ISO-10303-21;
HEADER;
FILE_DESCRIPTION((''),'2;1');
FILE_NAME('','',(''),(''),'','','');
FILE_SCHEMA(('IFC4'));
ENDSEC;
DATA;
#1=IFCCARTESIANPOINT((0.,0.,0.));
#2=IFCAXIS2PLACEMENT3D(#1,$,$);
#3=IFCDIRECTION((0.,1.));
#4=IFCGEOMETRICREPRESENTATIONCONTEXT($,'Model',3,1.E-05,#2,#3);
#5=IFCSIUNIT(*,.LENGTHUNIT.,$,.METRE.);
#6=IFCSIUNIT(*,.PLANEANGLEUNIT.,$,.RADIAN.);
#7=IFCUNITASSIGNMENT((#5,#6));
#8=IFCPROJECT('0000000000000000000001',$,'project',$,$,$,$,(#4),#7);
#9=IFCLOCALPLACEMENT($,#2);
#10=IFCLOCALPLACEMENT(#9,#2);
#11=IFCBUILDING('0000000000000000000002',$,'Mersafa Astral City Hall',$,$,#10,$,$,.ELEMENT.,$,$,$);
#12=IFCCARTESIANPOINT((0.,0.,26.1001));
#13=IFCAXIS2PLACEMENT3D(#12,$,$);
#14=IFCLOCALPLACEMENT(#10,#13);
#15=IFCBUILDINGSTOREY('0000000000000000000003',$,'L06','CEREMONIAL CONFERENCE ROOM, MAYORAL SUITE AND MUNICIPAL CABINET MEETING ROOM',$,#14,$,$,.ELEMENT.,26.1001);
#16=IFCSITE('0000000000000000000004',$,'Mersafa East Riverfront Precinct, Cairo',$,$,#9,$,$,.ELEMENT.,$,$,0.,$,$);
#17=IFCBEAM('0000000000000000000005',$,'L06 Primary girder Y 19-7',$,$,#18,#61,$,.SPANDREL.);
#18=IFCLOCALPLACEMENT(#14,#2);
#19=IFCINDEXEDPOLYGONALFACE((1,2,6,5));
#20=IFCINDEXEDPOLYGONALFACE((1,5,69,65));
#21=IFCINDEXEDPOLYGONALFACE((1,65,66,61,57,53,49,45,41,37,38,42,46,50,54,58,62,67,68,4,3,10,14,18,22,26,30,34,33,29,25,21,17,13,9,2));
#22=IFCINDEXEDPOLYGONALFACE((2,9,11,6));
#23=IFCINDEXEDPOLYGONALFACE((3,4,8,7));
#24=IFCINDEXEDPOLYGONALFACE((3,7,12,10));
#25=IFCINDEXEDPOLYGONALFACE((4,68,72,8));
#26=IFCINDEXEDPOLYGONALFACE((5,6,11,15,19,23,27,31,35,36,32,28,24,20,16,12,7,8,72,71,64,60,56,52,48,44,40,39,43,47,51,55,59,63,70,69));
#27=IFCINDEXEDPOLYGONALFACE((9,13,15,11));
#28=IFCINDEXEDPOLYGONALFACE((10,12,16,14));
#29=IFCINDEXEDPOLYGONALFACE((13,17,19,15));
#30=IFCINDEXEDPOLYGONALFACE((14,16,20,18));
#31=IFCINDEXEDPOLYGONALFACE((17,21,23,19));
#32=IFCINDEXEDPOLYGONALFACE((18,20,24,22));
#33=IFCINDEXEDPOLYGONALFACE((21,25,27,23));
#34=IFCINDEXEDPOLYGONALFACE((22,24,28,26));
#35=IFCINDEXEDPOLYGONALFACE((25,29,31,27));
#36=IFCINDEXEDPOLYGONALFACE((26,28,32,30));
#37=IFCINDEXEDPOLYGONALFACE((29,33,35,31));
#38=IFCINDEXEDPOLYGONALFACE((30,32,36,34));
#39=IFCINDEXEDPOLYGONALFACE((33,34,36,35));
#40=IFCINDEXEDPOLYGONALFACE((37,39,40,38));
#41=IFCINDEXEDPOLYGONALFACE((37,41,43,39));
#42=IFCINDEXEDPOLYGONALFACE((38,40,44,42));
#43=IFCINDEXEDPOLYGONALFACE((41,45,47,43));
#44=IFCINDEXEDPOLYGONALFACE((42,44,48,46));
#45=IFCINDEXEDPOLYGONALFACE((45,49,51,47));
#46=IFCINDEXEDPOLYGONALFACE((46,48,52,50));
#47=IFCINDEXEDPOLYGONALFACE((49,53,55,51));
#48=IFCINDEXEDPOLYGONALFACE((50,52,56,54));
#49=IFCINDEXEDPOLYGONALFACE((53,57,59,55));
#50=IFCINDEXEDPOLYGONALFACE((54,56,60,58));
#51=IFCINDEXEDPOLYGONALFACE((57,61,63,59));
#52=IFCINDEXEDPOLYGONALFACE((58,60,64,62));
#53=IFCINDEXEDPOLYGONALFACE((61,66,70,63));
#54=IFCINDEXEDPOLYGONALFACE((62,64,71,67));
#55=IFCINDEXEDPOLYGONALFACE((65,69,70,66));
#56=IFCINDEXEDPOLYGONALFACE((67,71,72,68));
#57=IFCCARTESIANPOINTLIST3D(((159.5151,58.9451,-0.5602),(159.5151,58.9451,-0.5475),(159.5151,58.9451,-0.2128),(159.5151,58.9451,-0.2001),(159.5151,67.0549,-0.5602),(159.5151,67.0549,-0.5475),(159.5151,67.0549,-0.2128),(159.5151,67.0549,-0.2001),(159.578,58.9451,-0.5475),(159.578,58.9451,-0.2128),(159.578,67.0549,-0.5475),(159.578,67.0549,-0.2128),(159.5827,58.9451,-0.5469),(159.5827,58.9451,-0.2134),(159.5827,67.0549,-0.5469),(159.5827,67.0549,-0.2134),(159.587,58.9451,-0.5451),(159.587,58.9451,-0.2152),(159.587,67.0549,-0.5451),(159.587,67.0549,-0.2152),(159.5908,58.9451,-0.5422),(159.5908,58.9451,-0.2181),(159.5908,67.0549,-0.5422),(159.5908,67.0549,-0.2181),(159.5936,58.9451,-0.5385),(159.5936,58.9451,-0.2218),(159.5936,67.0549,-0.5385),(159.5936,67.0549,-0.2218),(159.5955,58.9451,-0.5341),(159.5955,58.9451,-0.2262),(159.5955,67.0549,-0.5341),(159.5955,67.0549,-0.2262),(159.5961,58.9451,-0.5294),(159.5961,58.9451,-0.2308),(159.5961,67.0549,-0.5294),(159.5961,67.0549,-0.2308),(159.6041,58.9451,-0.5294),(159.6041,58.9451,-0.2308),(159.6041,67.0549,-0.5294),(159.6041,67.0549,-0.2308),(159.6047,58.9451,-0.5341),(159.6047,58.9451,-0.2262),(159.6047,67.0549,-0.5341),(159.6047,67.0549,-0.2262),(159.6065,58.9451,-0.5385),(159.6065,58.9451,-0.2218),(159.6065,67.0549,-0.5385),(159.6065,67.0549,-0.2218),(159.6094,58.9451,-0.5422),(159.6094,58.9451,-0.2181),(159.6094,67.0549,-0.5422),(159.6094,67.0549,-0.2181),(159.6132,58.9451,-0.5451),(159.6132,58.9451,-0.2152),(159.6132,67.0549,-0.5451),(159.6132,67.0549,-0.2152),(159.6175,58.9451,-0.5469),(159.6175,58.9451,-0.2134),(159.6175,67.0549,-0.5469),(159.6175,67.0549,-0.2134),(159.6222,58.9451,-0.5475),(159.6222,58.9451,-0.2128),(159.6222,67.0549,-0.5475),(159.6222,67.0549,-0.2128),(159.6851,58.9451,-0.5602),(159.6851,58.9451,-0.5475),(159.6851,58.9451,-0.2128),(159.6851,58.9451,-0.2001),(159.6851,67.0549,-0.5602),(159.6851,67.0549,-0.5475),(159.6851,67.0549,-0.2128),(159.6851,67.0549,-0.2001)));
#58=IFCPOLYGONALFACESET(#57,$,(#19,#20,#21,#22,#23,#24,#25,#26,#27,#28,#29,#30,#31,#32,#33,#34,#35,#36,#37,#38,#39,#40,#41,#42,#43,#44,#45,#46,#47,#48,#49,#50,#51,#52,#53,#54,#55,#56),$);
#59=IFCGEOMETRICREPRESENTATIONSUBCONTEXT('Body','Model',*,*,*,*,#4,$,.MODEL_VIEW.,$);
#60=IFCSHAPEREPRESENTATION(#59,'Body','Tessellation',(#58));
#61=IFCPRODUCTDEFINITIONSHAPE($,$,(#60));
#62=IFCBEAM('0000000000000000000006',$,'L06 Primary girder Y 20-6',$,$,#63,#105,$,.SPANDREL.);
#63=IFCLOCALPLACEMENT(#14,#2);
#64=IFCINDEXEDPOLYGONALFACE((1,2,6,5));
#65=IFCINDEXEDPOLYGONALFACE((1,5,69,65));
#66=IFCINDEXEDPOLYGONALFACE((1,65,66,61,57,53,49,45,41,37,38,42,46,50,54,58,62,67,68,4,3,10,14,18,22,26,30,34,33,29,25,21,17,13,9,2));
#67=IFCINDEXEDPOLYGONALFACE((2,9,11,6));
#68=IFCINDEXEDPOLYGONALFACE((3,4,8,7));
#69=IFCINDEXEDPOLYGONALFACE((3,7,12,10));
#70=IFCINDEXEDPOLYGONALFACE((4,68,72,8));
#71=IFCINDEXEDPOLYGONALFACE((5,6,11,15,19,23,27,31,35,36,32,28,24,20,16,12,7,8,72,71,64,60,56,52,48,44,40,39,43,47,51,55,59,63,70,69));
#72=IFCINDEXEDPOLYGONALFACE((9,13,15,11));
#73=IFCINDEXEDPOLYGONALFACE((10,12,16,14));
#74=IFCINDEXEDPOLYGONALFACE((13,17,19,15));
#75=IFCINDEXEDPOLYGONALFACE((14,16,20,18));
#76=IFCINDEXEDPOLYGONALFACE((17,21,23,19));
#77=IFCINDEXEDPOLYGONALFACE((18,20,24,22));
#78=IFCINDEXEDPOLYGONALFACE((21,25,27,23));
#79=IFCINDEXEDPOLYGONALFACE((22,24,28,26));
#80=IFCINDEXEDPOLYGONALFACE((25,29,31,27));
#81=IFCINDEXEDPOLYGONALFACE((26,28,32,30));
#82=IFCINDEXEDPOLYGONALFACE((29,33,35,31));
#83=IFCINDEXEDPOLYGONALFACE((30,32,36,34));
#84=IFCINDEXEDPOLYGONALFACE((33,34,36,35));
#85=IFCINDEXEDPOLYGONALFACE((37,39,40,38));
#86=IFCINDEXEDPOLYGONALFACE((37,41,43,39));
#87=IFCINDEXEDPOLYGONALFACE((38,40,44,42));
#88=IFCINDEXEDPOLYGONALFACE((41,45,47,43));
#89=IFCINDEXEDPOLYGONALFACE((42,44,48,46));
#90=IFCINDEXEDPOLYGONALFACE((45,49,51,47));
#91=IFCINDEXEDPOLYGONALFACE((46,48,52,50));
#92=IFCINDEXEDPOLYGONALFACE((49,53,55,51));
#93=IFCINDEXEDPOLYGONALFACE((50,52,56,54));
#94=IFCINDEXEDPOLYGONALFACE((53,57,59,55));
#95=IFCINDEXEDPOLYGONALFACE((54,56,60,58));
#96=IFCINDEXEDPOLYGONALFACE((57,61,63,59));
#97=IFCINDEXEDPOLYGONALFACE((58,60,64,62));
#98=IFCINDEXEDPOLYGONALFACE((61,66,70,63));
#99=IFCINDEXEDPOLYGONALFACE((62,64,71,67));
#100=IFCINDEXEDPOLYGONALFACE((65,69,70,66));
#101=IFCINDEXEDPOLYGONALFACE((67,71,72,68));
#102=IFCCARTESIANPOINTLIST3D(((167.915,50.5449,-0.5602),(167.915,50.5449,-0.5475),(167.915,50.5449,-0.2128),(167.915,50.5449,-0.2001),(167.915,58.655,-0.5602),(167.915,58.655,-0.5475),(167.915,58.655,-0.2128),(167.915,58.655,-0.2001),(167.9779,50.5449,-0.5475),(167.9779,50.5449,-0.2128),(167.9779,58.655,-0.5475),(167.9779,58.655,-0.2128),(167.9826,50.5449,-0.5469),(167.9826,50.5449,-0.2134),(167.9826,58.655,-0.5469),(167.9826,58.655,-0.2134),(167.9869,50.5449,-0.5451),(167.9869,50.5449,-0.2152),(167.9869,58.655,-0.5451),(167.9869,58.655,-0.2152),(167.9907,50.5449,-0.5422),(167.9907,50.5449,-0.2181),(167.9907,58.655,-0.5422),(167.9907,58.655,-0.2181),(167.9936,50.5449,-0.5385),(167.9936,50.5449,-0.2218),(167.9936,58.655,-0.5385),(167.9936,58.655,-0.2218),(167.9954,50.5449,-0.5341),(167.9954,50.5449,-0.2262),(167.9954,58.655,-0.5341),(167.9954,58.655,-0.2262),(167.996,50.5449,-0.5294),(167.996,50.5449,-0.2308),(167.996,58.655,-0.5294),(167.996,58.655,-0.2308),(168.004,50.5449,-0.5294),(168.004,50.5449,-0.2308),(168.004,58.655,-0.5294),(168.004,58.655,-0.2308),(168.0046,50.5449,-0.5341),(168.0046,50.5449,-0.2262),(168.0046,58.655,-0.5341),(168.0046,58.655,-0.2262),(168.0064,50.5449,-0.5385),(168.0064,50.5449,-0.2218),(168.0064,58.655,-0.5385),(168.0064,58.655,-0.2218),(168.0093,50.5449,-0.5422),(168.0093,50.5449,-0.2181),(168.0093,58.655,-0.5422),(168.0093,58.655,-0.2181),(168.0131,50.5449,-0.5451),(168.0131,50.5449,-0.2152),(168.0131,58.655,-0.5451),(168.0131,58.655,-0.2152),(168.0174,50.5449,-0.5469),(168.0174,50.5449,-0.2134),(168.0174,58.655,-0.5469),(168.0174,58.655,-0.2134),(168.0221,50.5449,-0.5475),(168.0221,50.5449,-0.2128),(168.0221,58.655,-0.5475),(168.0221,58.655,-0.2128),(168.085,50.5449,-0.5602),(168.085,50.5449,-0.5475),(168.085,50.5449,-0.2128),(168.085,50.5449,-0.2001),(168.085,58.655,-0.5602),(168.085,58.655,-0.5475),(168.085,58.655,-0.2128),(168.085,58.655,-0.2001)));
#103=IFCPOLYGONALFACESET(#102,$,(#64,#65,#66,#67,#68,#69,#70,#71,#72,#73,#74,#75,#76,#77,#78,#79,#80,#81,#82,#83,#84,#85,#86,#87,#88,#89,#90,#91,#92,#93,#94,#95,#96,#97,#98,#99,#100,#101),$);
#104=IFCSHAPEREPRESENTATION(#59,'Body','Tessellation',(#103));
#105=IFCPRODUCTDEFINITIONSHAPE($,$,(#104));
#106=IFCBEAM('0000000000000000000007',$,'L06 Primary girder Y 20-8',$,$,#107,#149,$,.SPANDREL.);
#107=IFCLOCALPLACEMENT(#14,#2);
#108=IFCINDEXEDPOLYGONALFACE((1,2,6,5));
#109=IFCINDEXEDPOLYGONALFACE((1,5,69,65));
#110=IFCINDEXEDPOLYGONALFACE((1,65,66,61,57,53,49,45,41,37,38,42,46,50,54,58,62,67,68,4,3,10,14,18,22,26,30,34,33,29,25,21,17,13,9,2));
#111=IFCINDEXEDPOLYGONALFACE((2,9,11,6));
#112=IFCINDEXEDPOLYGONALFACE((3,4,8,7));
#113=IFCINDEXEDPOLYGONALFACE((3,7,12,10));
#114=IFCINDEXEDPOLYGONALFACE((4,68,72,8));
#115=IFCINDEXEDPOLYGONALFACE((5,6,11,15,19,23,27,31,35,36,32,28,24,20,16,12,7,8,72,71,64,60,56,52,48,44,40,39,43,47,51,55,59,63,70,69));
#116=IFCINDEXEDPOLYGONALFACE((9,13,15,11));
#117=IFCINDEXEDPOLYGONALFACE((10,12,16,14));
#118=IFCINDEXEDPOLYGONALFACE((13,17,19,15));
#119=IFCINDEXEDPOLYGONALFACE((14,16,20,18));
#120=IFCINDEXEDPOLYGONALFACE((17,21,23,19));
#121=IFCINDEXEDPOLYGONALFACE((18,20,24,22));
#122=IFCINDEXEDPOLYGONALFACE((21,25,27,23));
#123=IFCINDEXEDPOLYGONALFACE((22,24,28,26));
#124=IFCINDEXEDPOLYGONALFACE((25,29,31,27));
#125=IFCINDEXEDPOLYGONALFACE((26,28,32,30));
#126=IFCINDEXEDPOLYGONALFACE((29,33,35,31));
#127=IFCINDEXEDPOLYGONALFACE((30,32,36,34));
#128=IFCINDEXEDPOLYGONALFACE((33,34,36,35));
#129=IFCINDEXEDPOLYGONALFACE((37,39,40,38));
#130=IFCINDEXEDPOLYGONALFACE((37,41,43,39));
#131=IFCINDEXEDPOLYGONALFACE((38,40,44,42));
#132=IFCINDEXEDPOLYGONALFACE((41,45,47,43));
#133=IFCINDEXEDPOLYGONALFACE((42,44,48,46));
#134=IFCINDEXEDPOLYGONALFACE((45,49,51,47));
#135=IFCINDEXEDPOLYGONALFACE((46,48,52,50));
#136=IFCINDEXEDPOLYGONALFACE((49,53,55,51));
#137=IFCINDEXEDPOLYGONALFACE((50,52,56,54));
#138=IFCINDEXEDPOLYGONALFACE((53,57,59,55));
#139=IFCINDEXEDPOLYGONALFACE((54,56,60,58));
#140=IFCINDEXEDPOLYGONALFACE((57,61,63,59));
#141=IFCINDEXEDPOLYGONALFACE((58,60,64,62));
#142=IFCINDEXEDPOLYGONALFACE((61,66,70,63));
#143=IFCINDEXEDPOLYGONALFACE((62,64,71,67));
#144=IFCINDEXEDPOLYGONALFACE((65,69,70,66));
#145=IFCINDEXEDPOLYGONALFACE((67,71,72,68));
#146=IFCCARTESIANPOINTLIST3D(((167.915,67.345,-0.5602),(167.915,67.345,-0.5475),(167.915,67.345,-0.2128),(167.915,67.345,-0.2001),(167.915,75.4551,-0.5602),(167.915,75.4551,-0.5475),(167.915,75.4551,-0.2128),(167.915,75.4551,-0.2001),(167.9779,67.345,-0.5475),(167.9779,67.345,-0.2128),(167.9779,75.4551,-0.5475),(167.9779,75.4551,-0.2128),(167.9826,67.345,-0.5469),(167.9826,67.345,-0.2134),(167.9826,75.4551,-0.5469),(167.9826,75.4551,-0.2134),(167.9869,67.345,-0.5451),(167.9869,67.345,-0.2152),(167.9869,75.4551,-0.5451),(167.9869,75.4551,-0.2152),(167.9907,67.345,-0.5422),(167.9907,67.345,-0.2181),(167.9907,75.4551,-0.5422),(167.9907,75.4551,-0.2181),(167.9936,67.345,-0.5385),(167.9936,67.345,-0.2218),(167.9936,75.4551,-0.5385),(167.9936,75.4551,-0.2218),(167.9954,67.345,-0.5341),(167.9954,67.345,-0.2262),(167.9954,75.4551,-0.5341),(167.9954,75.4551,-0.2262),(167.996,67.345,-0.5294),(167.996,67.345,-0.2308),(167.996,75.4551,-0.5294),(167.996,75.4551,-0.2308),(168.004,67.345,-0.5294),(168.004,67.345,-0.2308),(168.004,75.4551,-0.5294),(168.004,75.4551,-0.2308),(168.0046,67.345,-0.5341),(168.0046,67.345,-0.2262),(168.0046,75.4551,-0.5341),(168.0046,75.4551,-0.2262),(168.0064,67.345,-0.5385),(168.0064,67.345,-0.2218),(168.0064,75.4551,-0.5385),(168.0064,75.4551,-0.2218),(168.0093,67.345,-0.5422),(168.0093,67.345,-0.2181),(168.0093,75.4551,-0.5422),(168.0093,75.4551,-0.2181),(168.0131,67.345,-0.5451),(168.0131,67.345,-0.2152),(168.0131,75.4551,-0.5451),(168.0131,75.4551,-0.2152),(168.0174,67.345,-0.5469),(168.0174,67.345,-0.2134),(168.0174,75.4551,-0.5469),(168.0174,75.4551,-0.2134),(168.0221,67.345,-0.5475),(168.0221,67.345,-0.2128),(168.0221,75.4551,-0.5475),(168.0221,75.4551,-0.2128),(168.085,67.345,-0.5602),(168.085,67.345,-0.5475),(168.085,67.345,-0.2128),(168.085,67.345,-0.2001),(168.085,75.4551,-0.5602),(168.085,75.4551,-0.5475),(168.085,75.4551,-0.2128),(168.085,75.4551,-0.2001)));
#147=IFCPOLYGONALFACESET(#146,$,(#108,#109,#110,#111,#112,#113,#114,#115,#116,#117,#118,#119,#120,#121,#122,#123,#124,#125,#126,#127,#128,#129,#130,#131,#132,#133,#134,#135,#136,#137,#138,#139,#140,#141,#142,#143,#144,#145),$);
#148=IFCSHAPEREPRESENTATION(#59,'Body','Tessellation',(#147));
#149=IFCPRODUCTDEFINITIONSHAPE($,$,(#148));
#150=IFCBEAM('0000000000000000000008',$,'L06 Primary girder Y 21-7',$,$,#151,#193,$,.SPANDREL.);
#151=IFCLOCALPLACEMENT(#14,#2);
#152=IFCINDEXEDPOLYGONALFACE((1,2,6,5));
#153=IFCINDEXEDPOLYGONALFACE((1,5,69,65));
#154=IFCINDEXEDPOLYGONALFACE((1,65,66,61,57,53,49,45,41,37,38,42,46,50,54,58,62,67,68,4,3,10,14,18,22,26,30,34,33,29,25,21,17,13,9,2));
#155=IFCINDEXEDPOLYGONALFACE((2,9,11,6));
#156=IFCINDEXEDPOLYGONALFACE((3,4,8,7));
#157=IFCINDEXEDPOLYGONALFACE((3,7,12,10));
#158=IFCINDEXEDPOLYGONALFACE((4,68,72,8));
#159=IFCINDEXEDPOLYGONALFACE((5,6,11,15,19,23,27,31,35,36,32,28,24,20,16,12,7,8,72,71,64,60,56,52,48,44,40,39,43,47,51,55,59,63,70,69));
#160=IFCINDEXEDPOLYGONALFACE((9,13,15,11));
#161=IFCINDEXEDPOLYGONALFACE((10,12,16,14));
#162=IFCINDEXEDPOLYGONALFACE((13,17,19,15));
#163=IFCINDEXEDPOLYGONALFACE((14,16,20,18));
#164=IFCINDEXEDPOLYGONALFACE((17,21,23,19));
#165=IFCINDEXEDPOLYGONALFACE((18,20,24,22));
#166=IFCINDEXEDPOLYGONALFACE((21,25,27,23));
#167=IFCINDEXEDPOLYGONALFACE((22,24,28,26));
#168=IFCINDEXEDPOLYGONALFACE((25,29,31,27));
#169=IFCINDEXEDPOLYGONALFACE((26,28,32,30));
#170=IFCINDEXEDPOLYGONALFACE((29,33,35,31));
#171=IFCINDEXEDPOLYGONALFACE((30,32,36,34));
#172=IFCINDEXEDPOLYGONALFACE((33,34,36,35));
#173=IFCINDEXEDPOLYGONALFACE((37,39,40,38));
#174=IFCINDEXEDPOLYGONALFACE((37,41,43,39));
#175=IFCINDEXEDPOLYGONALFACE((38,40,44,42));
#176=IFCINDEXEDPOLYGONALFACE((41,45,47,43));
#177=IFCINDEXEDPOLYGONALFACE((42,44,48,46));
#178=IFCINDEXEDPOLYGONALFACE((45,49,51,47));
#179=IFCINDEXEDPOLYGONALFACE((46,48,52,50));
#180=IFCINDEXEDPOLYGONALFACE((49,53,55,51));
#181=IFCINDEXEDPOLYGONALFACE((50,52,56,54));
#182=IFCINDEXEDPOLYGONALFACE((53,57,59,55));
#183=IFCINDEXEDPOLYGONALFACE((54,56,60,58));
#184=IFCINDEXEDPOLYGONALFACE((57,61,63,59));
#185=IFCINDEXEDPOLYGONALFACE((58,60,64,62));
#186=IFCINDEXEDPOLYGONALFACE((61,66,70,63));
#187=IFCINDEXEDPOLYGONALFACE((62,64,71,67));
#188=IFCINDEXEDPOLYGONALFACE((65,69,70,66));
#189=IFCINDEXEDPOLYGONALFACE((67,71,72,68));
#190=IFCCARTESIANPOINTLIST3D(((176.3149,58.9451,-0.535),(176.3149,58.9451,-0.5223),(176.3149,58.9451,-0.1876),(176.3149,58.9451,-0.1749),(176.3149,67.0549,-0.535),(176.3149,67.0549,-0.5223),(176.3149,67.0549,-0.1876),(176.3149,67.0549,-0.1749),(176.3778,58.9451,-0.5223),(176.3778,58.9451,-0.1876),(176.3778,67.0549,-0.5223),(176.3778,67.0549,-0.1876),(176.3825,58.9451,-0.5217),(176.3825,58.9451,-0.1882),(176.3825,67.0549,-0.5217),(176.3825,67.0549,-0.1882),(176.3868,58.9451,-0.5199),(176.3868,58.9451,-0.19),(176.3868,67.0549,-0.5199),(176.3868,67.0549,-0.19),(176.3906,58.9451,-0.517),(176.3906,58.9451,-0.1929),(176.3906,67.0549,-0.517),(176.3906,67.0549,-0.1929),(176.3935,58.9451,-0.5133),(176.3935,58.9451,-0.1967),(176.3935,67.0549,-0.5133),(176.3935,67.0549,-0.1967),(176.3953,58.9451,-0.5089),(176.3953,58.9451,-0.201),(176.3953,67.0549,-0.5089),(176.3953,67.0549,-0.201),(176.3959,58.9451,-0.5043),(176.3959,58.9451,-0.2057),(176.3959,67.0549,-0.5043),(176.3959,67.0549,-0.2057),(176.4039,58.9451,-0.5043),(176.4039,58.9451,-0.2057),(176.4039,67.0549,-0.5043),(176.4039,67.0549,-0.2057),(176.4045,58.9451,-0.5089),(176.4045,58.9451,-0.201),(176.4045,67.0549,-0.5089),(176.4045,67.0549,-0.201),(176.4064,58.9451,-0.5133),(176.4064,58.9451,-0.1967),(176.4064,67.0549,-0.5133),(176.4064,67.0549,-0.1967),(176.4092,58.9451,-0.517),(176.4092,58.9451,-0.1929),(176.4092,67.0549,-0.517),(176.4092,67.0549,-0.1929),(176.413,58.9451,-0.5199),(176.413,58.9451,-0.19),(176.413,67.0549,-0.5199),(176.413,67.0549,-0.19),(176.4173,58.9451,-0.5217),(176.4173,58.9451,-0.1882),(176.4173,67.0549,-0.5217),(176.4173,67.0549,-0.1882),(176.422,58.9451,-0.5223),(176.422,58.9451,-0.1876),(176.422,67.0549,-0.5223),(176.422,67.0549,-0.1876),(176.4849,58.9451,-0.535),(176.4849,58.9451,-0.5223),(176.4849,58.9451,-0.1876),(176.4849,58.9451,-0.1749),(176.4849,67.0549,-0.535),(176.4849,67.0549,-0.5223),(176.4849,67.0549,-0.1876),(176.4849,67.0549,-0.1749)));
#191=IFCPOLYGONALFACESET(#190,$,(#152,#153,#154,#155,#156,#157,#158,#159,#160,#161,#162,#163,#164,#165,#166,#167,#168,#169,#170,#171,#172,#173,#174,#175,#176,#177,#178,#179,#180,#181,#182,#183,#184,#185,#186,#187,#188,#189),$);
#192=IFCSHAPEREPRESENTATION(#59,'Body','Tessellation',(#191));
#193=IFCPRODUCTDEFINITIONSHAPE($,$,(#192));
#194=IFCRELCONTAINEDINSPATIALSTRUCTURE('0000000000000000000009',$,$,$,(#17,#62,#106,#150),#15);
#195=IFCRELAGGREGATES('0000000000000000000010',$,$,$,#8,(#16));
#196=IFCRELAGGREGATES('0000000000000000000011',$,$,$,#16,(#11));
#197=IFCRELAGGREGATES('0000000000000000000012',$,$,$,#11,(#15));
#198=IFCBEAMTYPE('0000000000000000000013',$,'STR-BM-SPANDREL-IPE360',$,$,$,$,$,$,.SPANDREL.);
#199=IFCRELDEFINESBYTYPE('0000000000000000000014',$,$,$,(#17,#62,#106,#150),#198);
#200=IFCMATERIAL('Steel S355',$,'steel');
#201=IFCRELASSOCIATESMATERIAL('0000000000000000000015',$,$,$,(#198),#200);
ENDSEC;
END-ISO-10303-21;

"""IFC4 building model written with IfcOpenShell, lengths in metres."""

from ifc_helpers import new_model, si_unit, direction, frame, origin, origin_2d, place, context, subcontext, project, spatial, i_section, extrude, material, material_profile, profile_set, type_object, element, save


model = new_model("IFC4")

# Units and contexts
model_context = context("Model", 3, precision=1e-05, world=origin(), true_north=direction((0.0, 1.0)))
body_context = subcontext(model_context, "Body", "Model", "MODEL_VIEW")
ifc_project = project(units=[si_unit("LENGTHUNIT", "METRE"), si_unit("PLANEANGLEUNIT", "RADIAN")], contexts=[model_context])

# Site, building, storey
site_placement = place(None, origin())
site = spatial("IfcSite", under=ifc_project, at=site_placement, Name="Mersafa East Riverfront Precinct, Cairo", CompositionType="ELEMENT", RefElevation=0.0)
building_placement = place(site_placement, origin())
building = spatial("IfcBuilding", under=site, at=building_placement, Name="Mersafa Astral City Hall", CompositionType="ELEMENT")
storey_placement = place(building_placement, frame((0.0, 0.0, 26.1001)))
storey = spatial("IfcBuildingStorey", under=building, at=storey_placement, Name="L06", Description="CEREMONIAL CONFERENCE ROOM, MAYORAL SUITE AND MUNICIPAL CABINET MEETING ROOM", CompositionType="ELEMENT", Elevation=26.1001)

# Beams
ifc_material_1 = material(Name="Steel S355", Category="steel")
ifc_material_profile_1 = material_profile(ifc_material_1, i_section(OverallWidth=0.1699, OverallDepth=0.3601, WebThickness=0.0081, FlangeThickness=0.0127, FilletRadius=0.0181, at=origin_2d()), Name="IPE 360")
ifc_profile_set_1 = profile_set([ifc_material_profile_1], Name="Steel S355")
beam_type_1 = type_object("IfcBeamType", Name="STR-BM-SPANDREL-IPE360", PredefinedType="SPANDREL", material=ifc_profile_set_1)
beam_1_placement = place(storey_placement, frame((159.6001, 58.9451, -0.3801), z_axis=(0.0, 1.0, 0.0), x_axis=(-1.0, 0.0, 0.0)))
element("IfcBeam", 1, at=beam_1_placement, inside=storey, type_object=beam_type_1, Name="L06 Primary girder Y 19-7", PredefinedType="SPANDREL", context=body_context, shape_type="SweptSolid", body=[
    extrude(i_section(OverallWidth=0.1699, OverallDepth=0.3601, WebThickness=0.0081, FlangeThickness=0.0127, FilletRadius=0.0181, at=origin_2d()), origin(), (0.0, 0.0, 1.0), 8.1099),
])
for number, where, z_axis, x_axis, name in (
    (2, (168.0, 50.5449, -0.3801), (0.0, 1.0, 0.0), (-1.0, 0.0, 0.0), "L06 Primary girder Y 20-6"),
    (3, (168.0, 67.345, -0.3801), (0.0, 1.0, 0.0), (-1.0, 0.0, 0.0), "L06 Primary girder Y 20-8"),
):
    element("IfcBeam", number, at=place(storey_placement, frame(where, z_axis=z_axis, x_axis=x_axis)), inside=storey, type_object=beam_type_1, Name=name, PredefinedType="SPANDREL", context=body_context, shape_type="SweptSolid", body=[
        extrude(i_section(OverallWidth=0.1699, OverallDepth=0.3601, WebThickness=0.0081, FlangeThickness=0.0127, FilletRadius=0.0181, at=origin_2d()), origin(), (0.0, 0.0, 1.0), 8.1101),
    ])
beam_2_placement = place(storey_placement, frame((176.3999, 58.9451, -0.355), z_axis=(0.0, 1.0, 0.0), x_axis=(-1.0, 0.0, 0.0)))
element("IfcBeam", 4, at=beam_2_placement, inside=storey, type_object=beam_type_1, Name="L06 Primary girder Y 21-7", PredefinedType="SPANDREL", context=body_context, shape_type="SweptSolid", body=[
    extrude(i_section(OverallWidth=0.1699, OverallDepth=0.3601, WebThickness=0.0081, FlangeThickness=0.0127, FilletRadius=0.0181, at=origin_2d()), origin(), (0.0, 0.0, 1.0), 8.1099),
])

save(model, "model.ifc")
